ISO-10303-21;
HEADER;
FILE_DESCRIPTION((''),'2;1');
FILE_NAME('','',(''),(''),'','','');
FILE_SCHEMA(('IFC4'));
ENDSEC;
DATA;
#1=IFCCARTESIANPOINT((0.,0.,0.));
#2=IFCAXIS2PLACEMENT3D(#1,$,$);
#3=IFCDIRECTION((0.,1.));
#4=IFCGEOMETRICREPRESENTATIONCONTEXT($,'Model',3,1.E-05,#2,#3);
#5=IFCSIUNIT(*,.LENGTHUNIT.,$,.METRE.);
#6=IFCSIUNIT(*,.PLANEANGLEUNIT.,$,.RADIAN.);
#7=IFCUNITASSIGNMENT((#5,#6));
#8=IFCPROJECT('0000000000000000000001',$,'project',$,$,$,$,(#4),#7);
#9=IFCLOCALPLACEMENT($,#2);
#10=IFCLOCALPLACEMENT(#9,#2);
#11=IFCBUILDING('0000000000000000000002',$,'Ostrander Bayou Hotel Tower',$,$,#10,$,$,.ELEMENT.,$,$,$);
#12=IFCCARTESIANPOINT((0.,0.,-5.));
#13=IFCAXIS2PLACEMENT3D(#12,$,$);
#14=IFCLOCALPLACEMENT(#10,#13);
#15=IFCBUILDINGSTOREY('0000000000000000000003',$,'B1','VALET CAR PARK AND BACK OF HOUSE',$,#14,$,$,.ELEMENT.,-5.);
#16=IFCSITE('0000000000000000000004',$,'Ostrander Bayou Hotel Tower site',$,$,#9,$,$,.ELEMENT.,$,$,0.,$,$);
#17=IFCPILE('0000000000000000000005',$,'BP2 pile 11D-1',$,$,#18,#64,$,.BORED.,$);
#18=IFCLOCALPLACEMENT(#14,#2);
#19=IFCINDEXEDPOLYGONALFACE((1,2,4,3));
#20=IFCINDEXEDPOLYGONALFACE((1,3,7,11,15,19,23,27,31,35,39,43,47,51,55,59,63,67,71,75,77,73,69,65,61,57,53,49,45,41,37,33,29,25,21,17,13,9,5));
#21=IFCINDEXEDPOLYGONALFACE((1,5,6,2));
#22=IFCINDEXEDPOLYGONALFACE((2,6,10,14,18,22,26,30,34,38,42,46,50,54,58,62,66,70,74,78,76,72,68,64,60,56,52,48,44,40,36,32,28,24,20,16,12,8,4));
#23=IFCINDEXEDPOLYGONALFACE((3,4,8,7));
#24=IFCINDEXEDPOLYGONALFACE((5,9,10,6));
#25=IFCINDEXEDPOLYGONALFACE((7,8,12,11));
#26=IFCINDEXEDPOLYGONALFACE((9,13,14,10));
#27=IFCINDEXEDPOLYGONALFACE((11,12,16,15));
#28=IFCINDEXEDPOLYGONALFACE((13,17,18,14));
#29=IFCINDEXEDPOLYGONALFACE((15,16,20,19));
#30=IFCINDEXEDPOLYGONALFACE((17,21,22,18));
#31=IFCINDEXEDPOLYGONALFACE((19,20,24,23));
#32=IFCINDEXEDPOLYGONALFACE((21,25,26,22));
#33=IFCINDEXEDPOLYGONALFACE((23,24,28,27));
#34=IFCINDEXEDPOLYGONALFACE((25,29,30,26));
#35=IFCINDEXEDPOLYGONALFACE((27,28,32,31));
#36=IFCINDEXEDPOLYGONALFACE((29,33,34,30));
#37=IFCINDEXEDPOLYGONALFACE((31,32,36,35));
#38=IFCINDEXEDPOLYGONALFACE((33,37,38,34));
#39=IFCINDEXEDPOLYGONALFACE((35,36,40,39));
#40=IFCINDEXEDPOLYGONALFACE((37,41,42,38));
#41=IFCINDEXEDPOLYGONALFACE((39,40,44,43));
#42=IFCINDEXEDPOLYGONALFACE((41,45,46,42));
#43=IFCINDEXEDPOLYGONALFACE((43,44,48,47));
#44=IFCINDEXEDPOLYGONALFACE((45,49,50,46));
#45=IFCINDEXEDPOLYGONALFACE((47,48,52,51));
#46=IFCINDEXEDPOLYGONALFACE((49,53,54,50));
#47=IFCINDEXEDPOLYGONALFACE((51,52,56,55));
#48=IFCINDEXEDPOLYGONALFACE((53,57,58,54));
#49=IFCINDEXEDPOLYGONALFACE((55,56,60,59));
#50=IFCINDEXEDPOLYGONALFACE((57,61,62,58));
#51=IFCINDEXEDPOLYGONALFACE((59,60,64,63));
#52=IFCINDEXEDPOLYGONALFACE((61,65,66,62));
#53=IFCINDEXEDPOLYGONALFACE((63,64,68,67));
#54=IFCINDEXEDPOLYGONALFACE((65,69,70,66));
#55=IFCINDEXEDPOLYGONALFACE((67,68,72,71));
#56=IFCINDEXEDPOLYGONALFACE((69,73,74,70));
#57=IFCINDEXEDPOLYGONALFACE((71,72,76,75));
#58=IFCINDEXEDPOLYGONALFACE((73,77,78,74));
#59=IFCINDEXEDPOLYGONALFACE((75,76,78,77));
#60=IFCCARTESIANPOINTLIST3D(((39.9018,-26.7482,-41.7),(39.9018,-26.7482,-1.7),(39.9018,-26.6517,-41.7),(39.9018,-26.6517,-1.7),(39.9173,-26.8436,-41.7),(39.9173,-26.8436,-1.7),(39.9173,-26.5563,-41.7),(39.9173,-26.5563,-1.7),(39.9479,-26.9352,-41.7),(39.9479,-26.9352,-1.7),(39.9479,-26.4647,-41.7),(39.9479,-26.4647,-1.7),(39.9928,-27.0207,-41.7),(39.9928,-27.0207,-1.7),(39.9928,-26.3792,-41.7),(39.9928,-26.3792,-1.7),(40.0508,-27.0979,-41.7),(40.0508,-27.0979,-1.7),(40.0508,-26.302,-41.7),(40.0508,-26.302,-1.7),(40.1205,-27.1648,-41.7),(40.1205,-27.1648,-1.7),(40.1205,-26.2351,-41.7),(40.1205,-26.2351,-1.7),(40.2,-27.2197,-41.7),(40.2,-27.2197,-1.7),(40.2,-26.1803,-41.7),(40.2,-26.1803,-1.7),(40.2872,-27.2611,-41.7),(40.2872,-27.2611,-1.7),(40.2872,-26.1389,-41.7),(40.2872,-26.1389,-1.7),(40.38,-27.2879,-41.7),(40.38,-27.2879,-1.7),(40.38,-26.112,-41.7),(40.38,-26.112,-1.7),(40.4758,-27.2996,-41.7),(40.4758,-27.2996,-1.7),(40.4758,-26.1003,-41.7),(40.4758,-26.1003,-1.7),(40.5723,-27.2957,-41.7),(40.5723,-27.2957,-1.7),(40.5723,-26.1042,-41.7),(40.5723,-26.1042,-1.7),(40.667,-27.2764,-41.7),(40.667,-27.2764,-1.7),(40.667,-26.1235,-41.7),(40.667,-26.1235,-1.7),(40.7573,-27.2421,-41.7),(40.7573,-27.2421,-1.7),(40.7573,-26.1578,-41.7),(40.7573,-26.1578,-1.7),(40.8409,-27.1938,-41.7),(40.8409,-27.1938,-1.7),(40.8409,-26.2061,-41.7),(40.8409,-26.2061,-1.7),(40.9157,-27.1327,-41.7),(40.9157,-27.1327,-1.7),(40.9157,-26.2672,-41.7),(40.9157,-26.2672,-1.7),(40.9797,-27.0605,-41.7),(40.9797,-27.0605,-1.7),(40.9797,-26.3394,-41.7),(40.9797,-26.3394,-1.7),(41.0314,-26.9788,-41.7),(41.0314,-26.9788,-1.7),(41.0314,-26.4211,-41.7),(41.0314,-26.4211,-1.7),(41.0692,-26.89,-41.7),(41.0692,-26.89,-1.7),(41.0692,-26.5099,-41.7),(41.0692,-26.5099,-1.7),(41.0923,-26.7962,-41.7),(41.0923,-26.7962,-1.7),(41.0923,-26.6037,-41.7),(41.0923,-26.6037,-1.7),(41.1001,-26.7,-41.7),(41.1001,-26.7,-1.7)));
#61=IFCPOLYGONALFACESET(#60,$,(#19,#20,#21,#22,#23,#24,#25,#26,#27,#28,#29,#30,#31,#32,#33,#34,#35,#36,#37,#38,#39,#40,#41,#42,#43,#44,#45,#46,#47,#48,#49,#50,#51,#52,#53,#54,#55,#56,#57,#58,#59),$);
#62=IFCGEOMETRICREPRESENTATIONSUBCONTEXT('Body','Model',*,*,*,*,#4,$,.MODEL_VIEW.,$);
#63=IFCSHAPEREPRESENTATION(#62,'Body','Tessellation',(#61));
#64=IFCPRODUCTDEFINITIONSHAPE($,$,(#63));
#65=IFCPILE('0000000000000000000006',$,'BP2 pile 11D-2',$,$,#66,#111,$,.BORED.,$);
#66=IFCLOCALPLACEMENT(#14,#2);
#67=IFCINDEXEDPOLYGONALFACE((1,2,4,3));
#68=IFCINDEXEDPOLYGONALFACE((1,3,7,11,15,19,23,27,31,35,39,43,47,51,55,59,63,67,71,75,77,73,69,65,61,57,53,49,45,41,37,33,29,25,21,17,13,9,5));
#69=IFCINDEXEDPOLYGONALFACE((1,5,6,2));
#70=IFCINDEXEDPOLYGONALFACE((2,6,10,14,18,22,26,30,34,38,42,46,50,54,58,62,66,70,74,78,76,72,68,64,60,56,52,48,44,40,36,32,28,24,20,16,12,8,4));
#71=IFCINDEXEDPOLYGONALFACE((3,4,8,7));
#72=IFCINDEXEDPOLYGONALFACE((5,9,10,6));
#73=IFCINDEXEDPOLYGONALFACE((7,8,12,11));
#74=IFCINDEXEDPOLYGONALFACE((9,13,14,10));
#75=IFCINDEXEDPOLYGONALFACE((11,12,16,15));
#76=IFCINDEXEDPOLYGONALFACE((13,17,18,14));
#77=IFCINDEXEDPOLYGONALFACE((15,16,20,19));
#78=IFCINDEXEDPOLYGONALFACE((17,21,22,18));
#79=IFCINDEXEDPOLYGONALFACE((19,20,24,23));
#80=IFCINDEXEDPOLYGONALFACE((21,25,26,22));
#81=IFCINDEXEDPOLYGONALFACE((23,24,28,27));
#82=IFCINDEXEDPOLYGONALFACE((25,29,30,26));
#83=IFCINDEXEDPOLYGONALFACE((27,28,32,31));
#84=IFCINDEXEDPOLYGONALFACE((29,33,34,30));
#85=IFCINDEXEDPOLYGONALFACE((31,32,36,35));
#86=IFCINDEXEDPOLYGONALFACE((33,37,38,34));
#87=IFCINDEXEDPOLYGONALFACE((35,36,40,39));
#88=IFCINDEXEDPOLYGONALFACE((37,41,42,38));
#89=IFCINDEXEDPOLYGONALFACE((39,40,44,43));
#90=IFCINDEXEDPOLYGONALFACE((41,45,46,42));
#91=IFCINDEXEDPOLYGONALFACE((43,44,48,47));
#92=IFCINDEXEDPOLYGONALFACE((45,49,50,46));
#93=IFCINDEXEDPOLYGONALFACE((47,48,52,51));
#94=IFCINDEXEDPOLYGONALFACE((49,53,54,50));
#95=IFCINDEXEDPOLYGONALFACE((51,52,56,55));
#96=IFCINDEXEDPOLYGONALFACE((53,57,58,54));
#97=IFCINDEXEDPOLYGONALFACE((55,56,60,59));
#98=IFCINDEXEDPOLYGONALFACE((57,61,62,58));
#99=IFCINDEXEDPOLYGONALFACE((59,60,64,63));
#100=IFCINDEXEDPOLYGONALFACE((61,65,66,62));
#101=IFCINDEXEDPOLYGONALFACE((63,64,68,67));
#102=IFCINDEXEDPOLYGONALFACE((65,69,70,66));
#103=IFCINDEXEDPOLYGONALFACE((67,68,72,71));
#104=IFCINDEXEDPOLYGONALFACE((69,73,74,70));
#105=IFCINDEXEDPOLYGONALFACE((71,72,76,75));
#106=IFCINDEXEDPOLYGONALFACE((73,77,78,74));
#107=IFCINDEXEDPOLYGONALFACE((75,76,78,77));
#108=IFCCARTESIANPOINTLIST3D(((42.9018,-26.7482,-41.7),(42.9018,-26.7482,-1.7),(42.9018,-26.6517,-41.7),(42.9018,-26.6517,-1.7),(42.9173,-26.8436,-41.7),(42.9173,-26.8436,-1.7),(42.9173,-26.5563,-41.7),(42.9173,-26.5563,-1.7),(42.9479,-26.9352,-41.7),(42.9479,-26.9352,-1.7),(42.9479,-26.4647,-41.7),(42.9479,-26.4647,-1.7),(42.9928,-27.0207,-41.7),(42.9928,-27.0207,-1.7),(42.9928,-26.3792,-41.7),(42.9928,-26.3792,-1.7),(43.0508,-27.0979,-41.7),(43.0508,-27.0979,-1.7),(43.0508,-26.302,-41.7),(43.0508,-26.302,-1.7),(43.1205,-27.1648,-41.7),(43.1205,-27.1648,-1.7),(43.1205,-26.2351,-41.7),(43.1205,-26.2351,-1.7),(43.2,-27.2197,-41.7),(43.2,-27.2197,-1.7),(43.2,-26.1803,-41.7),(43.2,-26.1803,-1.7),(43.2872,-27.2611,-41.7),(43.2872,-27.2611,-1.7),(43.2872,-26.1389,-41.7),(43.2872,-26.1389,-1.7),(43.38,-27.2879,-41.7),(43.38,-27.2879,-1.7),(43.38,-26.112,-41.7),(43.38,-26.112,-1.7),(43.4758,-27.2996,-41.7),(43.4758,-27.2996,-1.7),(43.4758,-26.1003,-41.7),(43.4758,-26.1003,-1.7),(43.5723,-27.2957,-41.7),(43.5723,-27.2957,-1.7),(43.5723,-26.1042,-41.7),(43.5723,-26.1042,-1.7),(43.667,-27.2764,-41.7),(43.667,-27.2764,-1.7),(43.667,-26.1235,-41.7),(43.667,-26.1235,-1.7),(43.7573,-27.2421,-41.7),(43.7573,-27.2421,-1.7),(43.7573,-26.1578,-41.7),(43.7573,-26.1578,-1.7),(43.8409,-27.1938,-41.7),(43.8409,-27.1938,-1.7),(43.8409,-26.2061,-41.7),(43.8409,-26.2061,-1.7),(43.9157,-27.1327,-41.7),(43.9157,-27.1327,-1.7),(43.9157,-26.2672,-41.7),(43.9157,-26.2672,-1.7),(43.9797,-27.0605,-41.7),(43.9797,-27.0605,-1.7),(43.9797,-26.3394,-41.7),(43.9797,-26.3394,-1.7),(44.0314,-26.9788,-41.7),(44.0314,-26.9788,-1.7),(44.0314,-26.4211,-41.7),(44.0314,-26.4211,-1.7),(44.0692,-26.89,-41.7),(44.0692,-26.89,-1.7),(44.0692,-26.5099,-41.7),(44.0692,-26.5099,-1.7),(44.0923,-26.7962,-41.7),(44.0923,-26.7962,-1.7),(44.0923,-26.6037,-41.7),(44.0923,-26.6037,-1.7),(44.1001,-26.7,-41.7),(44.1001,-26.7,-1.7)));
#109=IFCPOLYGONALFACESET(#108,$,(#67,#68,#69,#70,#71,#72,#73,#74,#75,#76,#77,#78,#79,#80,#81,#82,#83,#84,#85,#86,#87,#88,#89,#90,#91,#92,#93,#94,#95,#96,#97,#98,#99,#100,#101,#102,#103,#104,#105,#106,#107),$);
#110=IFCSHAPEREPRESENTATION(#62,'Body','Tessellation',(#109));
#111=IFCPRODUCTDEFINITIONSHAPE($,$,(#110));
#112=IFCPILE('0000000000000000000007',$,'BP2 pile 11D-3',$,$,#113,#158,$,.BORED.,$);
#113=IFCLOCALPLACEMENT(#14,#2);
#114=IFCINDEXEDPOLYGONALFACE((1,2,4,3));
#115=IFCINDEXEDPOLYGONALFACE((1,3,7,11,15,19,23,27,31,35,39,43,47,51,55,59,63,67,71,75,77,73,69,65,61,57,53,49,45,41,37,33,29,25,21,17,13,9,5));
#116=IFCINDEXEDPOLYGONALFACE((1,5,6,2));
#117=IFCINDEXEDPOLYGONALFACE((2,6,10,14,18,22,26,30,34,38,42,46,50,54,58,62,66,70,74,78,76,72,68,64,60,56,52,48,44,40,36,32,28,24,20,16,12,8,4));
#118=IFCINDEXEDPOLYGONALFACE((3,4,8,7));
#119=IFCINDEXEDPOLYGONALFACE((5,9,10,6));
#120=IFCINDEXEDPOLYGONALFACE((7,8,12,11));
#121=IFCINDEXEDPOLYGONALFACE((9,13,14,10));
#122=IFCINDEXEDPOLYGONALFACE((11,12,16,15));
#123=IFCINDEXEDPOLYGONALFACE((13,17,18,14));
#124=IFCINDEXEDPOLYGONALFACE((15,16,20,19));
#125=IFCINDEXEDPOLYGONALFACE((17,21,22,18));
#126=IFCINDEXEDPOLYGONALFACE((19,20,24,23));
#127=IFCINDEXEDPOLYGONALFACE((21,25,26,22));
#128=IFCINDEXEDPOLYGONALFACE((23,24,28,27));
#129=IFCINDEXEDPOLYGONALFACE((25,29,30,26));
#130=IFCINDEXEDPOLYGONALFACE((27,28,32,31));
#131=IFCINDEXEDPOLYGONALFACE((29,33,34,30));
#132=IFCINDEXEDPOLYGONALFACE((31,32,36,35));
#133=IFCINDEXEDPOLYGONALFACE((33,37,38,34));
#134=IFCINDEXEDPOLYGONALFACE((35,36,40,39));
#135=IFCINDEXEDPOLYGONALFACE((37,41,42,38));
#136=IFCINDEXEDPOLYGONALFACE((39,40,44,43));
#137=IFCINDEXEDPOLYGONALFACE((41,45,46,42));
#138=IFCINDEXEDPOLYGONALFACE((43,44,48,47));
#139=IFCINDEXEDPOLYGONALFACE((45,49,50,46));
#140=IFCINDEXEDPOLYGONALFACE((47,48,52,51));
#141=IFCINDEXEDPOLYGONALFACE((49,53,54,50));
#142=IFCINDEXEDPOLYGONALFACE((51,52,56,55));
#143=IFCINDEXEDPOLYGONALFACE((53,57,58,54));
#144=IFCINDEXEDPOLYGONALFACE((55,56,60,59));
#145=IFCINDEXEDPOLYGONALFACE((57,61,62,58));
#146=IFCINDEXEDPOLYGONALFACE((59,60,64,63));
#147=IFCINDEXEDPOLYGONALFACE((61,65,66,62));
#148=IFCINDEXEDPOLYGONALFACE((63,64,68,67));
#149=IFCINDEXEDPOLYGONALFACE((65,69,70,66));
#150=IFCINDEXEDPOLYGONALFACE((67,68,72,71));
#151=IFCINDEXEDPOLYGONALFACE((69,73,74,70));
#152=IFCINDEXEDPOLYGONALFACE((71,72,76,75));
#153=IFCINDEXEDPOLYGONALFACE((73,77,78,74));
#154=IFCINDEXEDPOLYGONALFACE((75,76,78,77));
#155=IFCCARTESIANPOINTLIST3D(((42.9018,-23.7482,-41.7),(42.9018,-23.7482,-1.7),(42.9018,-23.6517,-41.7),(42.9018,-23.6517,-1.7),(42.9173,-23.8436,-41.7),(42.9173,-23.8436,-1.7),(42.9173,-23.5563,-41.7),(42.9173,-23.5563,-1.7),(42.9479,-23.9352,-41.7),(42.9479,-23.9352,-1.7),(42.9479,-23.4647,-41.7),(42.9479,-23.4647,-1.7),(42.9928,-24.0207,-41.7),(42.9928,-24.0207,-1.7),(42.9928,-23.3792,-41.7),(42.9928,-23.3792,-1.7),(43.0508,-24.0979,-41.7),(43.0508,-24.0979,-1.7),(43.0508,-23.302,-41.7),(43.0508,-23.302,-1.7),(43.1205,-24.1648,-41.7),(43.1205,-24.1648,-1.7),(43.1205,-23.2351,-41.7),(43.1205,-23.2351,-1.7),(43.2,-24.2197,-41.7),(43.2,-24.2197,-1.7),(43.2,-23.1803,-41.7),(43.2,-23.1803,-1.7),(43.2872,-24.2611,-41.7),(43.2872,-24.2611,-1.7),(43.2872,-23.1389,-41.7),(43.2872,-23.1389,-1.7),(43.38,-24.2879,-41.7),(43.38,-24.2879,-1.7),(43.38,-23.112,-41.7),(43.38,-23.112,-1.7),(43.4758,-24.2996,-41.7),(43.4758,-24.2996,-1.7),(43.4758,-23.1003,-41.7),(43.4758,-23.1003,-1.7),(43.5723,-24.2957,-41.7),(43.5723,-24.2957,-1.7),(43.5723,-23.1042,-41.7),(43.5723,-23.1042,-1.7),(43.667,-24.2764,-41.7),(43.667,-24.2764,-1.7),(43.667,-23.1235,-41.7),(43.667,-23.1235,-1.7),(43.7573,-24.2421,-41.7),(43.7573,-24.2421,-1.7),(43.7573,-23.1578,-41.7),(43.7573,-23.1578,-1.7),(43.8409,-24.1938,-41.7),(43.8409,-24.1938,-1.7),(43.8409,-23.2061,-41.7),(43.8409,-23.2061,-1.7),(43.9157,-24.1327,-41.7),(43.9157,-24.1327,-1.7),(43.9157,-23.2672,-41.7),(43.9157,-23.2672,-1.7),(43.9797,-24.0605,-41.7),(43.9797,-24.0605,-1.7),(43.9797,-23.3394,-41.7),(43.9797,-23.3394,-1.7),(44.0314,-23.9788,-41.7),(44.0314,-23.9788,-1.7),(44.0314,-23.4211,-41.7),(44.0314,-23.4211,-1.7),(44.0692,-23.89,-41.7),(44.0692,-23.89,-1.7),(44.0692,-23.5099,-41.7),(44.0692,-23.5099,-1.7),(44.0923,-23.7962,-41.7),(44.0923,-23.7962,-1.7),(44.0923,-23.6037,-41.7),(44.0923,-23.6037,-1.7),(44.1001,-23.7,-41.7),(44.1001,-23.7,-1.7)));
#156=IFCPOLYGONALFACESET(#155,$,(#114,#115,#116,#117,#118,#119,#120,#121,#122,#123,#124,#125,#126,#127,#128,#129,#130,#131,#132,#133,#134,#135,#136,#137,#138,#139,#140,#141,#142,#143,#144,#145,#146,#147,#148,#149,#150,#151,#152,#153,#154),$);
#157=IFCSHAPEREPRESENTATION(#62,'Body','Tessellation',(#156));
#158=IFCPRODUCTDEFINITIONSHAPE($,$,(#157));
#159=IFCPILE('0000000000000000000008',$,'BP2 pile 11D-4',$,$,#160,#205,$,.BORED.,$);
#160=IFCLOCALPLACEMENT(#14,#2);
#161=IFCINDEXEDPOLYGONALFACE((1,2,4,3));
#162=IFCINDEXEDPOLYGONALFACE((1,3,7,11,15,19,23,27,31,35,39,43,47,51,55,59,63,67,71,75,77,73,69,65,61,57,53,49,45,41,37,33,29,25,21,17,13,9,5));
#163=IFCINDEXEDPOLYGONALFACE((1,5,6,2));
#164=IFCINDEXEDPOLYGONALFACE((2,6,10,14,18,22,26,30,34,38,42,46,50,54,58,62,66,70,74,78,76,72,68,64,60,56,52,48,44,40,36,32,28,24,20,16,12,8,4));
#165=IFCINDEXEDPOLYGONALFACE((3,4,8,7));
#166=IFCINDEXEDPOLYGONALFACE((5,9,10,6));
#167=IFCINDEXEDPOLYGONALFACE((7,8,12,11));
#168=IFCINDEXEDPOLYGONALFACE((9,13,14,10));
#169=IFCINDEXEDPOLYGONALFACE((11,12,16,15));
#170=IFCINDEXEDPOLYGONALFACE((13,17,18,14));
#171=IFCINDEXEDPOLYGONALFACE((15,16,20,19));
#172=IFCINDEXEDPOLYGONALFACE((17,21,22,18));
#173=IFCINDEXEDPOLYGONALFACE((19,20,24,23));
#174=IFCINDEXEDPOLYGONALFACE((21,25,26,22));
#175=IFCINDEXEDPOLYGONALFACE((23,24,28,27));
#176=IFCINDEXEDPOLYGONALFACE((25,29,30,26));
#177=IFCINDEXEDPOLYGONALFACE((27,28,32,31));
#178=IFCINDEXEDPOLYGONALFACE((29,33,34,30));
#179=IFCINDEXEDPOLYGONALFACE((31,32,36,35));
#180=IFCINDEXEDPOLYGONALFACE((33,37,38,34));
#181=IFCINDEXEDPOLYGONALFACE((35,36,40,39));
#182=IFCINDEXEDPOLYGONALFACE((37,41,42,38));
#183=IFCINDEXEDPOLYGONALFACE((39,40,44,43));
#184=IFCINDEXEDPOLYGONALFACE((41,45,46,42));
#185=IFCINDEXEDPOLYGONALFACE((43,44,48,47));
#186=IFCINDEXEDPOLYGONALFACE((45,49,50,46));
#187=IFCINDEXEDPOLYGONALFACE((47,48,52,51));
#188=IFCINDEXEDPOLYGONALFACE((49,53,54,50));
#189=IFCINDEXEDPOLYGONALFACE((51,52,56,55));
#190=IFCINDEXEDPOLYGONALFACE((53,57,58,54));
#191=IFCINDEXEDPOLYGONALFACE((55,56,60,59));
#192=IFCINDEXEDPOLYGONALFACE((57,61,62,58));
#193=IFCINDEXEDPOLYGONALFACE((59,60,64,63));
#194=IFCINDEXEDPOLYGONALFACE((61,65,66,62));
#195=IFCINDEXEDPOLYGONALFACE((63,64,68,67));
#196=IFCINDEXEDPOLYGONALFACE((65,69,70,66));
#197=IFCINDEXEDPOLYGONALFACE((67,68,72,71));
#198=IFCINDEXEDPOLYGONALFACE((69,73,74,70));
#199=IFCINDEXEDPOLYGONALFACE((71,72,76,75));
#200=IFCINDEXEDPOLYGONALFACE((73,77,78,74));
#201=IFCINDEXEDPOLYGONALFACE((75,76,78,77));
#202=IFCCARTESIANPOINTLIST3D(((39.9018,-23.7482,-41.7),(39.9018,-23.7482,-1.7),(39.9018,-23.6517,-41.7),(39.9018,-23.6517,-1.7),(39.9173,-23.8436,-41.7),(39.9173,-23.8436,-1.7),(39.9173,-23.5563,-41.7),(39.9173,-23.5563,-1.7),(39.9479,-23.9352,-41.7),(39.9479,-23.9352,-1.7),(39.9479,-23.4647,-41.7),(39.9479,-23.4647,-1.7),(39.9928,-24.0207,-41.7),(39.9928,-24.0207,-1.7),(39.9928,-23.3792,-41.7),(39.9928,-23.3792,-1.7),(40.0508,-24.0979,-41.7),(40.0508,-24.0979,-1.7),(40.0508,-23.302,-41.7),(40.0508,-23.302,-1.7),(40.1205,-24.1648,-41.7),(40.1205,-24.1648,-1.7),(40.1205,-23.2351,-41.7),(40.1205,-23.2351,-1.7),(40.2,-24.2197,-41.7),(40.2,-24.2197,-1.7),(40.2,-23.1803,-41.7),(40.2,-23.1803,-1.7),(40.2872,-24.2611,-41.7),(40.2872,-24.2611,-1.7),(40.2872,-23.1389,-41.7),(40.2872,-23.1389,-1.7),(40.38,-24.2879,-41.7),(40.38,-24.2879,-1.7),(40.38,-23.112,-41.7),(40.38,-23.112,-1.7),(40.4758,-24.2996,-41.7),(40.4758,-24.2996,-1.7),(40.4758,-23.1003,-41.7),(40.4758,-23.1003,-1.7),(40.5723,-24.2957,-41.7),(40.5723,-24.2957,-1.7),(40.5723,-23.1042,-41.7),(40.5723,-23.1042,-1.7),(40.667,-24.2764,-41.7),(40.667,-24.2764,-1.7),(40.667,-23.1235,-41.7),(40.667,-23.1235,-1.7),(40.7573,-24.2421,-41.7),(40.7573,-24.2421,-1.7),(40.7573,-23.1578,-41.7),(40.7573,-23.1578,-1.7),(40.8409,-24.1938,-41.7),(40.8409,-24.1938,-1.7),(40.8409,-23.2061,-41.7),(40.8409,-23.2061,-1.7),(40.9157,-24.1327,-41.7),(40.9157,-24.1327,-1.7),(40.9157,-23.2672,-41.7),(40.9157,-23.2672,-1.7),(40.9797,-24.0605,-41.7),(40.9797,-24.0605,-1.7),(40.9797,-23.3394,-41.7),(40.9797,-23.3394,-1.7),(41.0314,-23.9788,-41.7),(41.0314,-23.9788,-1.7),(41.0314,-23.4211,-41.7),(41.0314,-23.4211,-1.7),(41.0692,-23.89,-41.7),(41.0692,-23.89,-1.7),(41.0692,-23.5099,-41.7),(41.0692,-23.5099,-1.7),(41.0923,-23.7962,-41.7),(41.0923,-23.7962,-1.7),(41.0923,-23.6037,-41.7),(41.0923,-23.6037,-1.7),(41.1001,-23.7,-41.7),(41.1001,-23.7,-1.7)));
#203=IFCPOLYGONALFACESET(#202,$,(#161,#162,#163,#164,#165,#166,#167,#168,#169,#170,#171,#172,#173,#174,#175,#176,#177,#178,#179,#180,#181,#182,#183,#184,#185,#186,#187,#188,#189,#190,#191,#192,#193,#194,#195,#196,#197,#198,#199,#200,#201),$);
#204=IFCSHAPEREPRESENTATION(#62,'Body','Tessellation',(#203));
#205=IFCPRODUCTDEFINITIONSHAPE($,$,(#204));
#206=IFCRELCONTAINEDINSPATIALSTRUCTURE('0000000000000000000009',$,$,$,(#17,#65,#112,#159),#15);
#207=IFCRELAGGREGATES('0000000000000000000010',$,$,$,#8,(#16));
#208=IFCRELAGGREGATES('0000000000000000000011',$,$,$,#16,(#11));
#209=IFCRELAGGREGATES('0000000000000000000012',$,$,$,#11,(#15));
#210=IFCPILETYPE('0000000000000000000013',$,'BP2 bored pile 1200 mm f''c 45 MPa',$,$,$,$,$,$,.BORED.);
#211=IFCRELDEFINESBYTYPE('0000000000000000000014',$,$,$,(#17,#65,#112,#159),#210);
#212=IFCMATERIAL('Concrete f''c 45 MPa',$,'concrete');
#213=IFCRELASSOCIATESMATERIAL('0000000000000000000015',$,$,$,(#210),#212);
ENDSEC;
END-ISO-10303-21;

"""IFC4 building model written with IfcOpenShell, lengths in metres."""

from ifc_helpers import new_model, si_unit, direction, frame, origin, origin_2d, place, context, subcontext, project, spatial, circle, extrude, material, material_profile, profile_set, type_object, element, save


model = new_model("IFC4")

# Units and contexts
model_context = context("Model", 3, precision=1e-05, world=origin(), true_north=direction((0.0, 1.0)))
body_context = subcontext(model_context, "Body", "Model", "MODEL_VIEW")
ifc_project = project(units=[si_unit("LENGTHUNIT", "METRE"), si_unit("PLANEANGLEUNIT", "RADIAN")], contexts=[model_context])

# Site, building, storey
site_placement = place(None, origin())
site = spatial("IfcSite", under=ifc_project, at=site_placement, Name="Ostrander Bayou Hotel Tower site", CompositionType="ELEMENT", RefElevation=0.0)
building_placement = place(site_placement, origin())
building = spatial("IfcBuilding", under=site, at=building_placement, Name="Ostrander Bayou Hotel Tower", CompositionType="ELEMENT")
storey_placement = place(building_placement, frame((0.0, 0.0, -5.0)))
storey = spatial("IfcBuildingStorey", under=building, at=storey_placement, Name="B1", Description="VALET CAR PARK AND BACK OF HOUSE", CompositionType="ELEMENT", Elevation=-5.0)

# Piles
ifc_material_1 = material(Name="Concrete f'c 45 MPa", Category="concrete")
ifc_material_profile_1 = material_profile(ifc_material_1, circle(Radius=0.6001, at=origin_2d()))
ifc_profile_set_1 = profile_set([ifc_material_profile_1], Name="Concrete f'c 45 MPa")
pile_type = type_object("IfcPileType", Name="BP2 bored pile 1200 mm f'c 45 MPa", PredefinedType="BORED", material=ifc_profile_set_1)
for number, where, z_axis, x_axis, name in (
    (1, (40.5, -26.7, -1.7), (0.0, 0.0, -1.0), (1.0, 0.0, 0.0), "BP2 pile 11D-1"),
    (2, (43.5, -26.7, -1.7), (0.0, 0.0, -1.0), (1.0, 0.0, 0.0), "BP2 pile 11D-2"),
    (3, (43.5, -23.7, -1.7), (0.0, 0.0, -1.0), (1.0, 0.0, 0.0), "BP2 pile 11D-3"),
    (4, (40.5, -23.7, -1.7), (0.0, 0.0, -1.0), (1.0, 0.0, 0.0), "BP2 pile 11D-4"),
):
    element("IfcPile", number, at=place(storey_placement, frame(where, z_axis=z_axis, x_axis=x_axis)), inside=storey, type_object=pile_type, Name=name, PredefinedType="BORED", context=body_context, shape_type="SweptSolid", body=[
        extrude(circle(Radius=0.6001, at=origin_2d()), origin(), (0.0, 0.0, 1.0), 40.0),
    ])

save(model, "model.ifc")
